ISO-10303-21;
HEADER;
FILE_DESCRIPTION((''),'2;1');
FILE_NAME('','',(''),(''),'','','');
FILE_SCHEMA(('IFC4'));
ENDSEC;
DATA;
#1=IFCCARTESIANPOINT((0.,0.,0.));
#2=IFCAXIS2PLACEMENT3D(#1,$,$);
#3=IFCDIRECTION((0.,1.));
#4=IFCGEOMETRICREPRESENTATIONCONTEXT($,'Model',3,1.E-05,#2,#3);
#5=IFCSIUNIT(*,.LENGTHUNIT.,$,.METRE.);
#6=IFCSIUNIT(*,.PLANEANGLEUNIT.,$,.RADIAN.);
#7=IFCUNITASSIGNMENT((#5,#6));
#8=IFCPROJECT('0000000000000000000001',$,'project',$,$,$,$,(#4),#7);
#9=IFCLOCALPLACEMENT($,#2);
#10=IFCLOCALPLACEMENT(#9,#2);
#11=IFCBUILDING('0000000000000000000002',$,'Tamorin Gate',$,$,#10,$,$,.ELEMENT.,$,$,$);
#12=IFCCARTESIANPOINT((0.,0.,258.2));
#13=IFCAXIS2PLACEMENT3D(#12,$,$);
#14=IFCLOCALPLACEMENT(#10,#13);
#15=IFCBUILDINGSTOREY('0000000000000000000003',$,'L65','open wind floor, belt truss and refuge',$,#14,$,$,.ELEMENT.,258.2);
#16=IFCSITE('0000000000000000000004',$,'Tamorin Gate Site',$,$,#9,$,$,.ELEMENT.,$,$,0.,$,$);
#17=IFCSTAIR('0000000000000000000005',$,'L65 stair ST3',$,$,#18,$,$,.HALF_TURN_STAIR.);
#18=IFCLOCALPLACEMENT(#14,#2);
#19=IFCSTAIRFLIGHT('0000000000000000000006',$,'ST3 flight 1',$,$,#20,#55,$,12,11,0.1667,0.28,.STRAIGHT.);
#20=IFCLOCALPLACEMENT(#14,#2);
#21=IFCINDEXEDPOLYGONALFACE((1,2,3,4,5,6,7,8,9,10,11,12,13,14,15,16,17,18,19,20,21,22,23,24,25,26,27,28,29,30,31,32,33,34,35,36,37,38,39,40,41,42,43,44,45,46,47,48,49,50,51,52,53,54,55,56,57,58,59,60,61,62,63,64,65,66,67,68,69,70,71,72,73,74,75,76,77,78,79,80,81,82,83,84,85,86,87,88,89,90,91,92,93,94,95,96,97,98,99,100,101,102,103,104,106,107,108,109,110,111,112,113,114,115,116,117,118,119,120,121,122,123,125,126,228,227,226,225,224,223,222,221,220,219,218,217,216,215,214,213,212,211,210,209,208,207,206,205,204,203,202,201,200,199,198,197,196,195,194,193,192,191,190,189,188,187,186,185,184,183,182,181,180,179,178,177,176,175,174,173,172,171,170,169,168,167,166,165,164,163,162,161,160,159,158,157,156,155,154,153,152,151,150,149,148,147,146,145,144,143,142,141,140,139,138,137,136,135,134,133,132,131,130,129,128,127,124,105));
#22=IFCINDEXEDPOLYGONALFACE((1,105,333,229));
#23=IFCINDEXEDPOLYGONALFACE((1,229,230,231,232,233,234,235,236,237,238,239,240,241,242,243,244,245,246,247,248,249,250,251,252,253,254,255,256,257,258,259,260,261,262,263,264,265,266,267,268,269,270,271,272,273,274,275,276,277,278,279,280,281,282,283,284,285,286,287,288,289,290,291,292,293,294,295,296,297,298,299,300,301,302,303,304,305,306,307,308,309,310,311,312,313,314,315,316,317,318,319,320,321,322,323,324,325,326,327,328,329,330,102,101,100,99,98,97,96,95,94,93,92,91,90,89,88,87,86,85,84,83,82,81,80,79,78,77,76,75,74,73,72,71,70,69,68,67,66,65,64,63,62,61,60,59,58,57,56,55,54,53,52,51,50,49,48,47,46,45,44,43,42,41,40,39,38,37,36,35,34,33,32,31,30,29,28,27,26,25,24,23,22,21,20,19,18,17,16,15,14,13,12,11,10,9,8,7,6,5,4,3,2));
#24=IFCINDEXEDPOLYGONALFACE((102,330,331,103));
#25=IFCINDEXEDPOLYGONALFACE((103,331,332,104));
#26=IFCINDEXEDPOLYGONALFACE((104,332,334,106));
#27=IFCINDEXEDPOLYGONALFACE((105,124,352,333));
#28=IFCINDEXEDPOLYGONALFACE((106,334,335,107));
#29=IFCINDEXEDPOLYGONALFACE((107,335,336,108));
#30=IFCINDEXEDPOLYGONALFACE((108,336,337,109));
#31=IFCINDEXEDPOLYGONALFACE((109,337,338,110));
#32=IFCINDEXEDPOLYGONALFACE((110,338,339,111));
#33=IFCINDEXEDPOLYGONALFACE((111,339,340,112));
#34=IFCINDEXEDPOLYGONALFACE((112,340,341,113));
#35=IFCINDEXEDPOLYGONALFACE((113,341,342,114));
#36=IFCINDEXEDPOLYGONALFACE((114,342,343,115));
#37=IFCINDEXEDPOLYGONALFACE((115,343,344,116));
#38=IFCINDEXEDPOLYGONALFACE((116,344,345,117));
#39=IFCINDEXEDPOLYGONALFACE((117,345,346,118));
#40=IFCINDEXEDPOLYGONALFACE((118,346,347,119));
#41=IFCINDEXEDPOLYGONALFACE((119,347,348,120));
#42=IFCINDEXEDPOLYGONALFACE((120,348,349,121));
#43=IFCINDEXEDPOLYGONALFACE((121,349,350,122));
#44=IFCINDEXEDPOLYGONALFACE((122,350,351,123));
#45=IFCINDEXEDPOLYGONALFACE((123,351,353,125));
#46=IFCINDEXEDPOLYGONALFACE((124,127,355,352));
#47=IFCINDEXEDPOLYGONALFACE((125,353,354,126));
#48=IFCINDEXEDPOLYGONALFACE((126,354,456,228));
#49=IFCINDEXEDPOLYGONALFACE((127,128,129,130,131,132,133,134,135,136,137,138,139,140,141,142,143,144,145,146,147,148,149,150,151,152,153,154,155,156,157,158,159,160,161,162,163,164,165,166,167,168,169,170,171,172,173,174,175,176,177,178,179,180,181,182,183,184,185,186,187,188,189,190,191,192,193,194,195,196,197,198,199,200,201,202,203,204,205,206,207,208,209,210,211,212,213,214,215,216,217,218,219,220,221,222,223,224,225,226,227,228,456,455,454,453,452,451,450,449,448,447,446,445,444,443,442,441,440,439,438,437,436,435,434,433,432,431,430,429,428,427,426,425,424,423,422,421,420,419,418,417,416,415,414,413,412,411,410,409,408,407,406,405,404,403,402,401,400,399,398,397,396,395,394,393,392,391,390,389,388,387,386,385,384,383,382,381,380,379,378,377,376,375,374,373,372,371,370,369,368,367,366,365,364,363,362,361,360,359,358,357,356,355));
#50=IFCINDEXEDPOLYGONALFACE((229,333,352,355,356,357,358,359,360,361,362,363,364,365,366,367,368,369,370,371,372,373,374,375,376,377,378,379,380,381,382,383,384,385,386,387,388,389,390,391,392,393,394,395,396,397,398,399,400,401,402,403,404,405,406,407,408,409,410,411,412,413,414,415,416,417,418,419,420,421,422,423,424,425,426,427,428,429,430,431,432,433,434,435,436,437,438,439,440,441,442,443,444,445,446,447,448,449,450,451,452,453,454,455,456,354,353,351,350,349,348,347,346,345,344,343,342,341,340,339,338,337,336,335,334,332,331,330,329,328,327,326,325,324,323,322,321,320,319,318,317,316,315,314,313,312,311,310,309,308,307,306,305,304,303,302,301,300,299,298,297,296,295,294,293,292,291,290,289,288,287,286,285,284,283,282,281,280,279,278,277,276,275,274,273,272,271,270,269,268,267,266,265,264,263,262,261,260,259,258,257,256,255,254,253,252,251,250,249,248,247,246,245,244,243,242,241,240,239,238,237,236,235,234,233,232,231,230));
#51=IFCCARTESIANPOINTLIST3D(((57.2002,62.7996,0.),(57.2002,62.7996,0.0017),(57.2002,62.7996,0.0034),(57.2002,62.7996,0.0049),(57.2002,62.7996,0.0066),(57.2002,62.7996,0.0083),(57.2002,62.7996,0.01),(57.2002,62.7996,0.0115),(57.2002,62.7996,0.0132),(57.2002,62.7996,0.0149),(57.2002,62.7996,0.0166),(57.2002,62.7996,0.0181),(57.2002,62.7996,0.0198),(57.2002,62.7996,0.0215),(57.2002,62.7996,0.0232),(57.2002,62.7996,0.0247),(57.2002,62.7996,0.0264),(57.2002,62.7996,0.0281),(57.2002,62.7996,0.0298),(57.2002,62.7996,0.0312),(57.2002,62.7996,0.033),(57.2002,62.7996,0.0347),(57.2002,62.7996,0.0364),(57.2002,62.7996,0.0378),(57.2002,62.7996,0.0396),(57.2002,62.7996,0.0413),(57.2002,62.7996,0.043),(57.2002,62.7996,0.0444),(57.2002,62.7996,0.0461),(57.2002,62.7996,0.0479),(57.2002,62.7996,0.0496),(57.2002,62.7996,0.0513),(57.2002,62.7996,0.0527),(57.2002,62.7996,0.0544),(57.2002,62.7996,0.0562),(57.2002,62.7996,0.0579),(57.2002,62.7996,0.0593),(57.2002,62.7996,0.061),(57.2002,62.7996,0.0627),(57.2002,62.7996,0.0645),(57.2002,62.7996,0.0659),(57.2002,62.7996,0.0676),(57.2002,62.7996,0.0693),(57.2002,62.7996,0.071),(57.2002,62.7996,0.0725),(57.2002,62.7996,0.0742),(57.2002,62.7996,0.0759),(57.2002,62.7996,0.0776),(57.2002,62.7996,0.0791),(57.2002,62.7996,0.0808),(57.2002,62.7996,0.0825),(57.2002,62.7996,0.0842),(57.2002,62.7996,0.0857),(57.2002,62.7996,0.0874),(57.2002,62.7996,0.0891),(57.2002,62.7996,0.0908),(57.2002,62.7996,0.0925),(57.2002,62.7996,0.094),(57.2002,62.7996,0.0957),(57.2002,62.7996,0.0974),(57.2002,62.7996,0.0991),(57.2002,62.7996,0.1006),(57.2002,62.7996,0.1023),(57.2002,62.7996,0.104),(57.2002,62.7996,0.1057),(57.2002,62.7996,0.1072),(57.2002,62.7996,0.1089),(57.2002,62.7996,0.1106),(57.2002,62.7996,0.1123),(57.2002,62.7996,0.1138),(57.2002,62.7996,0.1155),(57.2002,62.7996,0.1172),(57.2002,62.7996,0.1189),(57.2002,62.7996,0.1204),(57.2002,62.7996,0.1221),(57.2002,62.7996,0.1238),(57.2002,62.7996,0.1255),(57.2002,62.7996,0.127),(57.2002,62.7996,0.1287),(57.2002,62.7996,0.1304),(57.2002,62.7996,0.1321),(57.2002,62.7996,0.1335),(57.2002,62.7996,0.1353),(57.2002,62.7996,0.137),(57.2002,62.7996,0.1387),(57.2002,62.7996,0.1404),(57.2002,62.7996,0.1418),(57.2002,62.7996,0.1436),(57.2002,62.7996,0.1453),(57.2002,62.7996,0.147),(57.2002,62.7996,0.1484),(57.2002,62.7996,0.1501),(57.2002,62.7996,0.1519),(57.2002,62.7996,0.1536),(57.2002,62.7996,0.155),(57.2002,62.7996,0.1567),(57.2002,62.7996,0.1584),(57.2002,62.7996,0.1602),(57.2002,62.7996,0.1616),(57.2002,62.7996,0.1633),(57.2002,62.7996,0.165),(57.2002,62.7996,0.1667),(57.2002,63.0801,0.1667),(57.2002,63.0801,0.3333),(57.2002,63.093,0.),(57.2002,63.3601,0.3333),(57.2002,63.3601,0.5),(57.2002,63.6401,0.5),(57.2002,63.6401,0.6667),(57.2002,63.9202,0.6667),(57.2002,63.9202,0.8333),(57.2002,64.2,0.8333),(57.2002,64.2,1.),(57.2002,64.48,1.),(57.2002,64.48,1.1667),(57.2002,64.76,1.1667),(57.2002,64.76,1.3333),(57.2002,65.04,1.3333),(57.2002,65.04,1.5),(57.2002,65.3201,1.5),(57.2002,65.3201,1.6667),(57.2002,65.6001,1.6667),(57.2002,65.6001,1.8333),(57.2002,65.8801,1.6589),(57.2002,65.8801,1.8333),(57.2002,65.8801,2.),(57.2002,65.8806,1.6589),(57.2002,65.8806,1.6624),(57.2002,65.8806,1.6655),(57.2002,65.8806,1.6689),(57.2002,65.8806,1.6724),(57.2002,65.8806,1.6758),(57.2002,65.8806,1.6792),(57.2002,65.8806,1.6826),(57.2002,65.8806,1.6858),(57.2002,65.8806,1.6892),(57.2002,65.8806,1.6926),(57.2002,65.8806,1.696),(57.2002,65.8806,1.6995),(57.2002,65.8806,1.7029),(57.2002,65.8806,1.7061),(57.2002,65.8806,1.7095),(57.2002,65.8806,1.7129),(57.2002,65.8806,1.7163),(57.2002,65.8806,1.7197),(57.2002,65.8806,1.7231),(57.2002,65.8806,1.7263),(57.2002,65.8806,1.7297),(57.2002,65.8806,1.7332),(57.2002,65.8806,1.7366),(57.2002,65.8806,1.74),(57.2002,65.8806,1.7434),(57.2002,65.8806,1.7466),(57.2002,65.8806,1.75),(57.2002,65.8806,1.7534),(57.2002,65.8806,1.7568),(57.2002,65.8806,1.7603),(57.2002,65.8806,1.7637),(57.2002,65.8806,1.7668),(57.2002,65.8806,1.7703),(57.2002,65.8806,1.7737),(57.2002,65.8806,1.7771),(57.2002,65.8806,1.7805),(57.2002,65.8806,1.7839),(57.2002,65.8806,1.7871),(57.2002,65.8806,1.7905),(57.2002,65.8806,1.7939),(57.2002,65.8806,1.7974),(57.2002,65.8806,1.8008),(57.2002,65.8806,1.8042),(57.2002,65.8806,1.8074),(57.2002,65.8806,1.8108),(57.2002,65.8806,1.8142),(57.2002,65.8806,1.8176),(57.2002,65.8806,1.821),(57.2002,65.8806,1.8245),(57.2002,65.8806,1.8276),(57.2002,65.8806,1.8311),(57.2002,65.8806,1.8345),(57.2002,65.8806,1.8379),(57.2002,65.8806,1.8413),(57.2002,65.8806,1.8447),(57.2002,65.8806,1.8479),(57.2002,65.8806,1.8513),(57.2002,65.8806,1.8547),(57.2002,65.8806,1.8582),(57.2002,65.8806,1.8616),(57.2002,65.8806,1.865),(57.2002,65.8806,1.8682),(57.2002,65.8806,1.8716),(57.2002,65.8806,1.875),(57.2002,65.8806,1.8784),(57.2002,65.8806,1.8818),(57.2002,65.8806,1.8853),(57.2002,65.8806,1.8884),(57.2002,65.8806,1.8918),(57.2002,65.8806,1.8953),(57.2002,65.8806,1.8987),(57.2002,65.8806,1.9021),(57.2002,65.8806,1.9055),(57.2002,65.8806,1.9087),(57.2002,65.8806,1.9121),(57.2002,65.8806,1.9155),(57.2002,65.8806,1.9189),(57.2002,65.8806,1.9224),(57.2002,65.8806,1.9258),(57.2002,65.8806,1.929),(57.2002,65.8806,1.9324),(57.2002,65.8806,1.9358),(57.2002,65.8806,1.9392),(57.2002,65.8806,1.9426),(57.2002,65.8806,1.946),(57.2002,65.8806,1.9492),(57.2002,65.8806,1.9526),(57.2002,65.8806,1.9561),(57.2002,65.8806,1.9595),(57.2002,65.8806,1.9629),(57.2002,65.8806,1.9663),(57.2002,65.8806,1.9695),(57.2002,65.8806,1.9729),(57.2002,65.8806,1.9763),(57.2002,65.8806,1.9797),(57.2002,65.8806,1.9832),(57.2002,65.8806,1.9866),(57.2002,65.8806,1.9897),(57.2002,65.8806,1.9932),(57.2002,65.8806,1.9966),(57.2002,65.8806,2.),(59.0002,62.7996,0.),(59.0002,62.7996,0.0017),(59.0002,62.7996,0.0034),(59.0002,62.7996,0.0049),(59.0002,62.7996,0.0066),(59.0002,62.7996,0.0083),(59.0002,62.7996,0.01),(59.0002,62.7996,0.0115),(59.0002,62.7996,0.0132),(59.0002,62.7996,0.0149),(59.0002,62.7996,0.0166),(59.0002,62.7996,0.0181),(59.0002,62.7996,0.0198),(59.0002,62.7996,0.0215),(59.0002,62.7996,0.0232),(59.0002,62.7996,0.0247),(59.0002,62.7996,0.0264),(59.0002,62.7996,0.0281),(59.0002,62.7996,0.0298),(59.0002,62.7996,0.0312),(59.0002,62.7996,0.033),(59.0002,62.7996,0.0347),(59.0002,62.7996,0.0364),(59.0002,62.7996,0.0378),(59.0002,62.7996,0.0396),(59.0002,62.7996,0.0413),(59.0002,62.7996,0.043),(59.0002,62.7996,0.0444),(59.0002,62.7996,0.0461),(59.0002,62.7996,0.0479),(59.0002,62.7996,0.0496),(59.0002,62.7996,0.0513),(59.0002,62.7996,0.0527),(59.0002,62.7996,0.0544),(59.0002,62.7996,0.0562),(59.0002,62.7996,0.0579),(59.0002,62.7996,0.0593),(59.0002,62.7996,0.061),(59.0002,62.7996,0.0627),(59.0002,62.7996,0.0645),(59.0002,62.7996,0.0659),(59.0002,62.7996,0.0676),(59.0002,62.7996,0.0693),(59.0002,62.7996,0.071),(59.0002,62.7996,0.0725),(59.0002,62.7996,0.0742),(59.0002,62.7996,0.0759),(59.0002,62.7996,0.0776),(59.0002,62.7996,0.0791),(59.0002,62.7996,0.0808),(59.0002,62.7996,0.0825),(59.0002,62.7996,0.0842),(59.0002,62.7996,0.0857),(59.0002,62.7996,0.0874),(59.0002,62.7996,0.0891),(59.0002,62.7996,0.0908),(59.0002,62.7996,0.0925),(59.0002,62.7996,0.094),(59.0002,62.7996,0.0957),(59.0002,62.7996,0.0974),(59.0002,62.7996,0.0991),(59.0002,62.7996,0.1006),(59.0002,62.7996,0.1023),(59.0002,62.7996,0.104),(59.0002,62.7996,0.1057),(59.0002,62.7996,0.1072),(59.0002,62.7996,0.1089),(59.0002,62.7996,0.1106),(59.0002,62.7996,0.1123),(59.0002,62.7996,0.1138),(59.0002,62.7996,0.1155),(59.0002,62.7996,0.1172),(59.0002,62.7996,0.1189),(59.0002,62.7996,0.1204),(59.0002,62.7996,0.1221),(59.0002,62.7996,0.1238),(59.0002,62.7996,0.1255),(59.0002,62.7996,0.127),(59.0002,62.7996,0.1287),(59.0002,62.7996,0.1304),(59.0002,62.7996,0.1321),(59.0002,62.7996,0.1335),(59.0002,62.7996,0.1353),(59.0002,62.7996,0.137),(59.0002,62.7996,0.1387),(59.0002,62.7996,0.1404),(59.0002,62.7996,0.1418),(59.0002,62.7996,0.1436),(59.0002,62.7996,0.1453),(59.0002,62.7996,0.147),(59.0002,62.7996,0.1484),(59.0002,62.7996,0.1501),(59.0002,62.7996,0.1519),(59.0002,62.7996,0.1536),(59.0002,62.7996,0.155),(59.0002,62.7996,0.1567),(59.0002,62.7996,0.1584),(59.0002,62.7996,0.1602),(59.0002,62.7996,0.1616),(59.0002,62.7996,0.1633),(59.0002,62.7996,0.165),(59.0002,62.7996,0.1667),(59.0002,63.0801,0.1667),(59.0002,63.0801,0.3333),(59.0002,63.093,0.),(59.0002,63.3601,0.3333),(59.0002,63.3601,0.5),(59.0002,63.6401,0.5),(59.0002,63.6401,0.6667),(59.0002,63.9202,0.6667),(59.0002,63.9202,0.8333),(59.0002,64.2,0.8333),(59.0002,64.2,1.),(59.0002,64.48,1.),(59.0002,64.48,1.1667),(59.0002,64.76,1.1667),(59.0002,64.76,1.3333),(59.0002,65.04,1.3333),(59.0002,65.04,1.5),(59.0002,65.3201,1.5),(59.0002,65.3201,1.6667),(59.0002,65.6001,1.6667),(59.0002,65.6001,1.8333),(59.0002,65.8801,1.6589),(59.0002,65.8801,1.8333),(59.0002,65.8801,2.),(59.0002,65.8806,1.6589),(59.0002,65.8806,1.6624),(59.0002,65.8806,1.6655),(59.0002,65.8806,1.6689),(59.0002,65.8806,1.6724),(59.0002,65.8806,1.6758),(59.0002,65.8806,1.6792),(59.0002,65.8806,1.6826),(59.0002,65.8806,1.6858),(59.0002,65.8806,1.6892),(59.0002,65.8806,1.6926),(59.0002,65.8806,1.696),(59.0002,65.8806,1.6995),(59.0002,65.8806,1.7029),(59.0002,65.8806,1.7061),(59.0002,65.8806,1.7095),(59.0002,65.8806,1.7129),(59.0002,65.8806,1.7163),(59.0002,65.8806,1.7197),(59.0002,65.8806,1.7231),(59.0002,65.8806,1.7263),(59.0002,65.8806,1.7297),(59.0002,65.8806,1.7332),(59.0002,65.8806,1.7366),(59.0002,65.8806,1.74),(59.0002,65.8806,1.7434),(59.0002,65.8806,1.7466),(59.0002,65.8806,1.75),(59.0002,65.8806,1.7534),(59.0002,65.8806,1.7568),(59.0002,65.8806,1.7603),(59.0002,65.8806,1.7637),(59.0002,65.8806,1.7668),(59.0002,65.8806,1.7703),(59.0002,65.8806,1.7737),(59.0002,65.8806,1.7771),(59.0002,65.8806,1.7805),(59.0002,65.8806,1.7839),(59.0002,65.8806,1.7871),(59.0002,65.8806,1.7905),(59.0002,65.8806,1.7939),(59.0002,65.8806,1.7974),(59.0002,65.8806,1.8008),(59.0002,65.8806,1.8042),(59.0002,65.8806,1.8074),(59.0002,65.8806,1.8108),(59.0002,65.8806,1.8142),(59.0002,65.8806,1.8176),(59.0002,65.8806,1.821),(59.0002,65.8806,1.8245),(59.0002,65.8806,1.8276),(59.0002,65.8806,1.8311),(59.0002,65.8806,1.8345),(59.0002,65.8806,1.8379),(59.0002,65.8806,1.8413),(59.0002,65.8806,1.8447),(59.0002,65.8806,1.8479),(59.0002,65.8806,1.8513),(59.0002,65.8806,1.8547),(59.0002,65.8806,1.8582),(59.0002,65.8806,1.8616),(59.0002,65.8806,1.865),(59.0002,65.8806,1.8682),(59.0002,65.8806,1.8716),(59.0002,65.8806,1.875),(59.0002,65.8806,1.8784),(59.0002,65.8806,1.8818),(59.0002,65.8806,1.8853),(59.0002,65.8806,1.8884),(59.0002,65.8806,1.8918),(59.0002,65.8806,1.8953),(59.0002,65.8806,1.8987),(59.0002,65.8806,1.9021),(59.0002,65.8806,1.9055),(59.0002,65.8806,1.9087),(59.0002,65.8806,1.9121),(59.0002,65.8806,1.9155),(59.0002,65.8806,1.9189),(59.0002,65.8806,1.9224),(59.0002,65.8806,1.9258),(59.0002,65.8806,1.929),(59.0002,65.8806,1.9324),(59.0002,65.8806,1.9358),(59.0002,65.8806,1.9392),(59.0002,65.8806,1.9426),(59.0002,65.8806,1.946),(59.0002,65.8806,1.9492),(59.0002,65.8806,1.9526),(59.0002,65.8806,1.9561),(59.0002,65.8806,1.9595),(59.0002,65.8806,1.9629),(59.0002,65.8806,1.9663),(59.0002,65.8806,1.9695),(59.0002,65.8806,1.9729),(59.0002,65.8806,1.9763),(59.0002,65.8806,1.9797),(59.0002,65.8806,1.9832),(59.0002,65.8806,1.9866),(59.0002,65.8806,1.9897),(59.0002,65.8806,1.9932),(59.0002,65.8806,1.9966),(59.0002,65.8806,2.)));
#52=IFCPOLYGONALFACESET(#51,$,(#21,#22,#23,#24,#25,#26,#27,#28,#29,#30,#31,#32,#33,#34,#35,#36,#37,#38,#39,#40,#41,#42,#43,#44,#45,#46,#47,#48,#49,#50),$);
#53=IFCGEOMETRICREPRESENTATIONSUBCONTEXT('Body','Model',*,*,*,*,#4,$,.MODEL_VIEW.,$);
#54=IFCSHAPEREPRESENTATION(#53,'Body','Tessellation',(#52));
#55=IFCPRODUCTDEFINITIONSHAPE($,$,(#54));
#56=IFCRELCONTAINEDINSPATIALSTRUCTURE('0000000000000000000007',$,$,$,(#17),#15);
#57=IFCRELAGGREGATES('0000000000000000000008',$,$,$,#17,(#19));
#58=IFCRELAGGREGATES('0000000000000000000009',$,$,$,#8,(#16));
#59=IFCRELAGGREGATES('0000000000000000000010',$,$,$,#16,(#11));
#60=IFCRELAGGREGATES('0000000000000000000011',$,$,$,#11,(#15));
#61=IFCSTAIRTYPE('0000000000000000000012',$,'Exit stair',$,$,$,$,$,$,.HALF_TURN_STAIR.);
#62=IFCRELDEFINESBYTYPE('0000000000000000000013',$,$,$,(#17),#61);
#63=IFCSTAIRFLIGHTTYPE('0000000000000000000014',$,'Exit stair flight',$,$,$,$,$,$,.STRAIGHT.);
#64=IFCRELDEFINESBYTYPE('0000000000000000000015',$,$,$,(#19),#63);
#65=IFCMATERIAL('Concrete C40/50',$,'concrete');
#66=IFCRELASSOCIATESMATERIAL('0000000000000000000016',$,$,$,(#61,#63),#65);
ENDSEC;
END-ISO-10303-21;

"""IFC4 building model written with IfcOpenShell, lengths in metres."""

from ifc_helpers import new_model, si_unit, direction, frame, origin, place, context, subcontext, project, spatial, polyline, outline, extrude, material, type_object, element, aggregate, save


model = new_model("IFC4")

# Units and contexts
model_context = context("Model", 3, precision=1e-05, world=origin(), true_north=direction((0.0, 1.0)))
body_context = subcontext(model_context, "Body", "Model", "MODEL_VIEW")
ifc_project = project(units=[si_unit("LENGTHUNIT", "METRE"), si_unit("PLANEANGLEUNIT", "RADIAN")], contexts=[model_context])

# Site, building, storey
site_placement = place(None, origin())
site = spatial("IfcSite", under=ifc_project, at=site_placement, Name="Tamorin Gate Site", CompositionType="ELEMENT", RefElevation=0.0)
building_placement = place(site_placement, origin())
building = spatial("IfcBuilding", under=site, at=building_placement, Name="Tamorin Gate", CompositionType="ELEMENT")
storey_placement = place(building_placement, frame((0.0, 0.0, 258.2)))
storey = spatial("IfcBuildingStorey", under=building, at=storey_placement, Name="L65", Description="open wind floor, belt truss and refuge", CompositionType="ELEMENT", Elevation=258.2)

# Shared definitions
ifc_material_1 = material(Name="Concrete C40/50", Category="concrete")

# Stair, stair flight
stair_type = type_object("IfcStairType", Name="Exit stair", PredefinedType="HALF_TURN_STAIR", material=ifc_material_1)
stair_placement = place(storey_placement, origin())
stair = element("IfcStair", 1, at=stair_placement, inside=storey, type_object=stair_type, Name="L65 stair ST3", PredefinedType="HALF_TURN_STAIR")
stair_flight_type = type_object("IfcStairFlightType", Name="Exit stair flight", PredefinedType="STRAIGHT", material=ifc_material_1)
stair_flight_1_placement = place(storey_placement, frame((58.1001, 62.8, 0.0), z_axis=(0.0, 0.0, 1.0), x_axis=(0.0, 1.0, 0.0)))
stair_flight_1 = element("IfcStairFlight", 2, at=stair_flight_1_placement, type_object=stair_flight_type, Name="ST3 flight 1", NumberOfRisers=12, NumberOfTreads=11, PredefinedType="STRAIGHT", RiserHeight=0.1667, TreadLength=0.28, context=body_context, shape_type="SweptSolid", body=[
    extrude(outline(polyline([(-0.0005, 0.0), (-0.0005, 0.0017), (-0.0005, 0.0034), (-0.0005, 0.0049), (-0.0005, 0.0066), (-0.0005, 0.0083), (-0.0005, 0.01), (-0.0005, 0.0115), (-0.0005, 0.0132), (-0.0005, 0.0149), (-0.0005, 0.0166), (-0.0005, 0.0181), (-0.0005, 0.0198), (-0.0005, 0.0215), (-0.0005, 0.0232), (-0.0005, 0.0247), (-0.0005, 0.0264), (-0.0005, 0.0281), (-0.0005, 0.0298), (-0.0005, 0.0312), (-0.0005, 0.033), (-0.0005, 0.0347), (-0.0005, 0.0364), (-0.0005, 0.0378), (-0.0005, 0.0396), (-0.0005, 0.0413), (-0.0005, 0.043), (-0.0005, 0.0444), (-0.0005, 0.0461), (-0.0005, 0.0479), (-0.0005, 0.0496), (-0.0005, 0.0513), (-0.0005, 0.0527), (-0.0005, 0.0544), (-0.0005, 0.0562), (-0.0005, 0.0579), (-0.0005, 0.0593), (-0.0005, 0.061), (-0.0005, 0.0627), (-0.0005, 0.0645), (-0.0005, 0.0659), (-0.0005, 0.0676), (-0.0005, 0.0693), (-0.0005, 0.071), (-0.0005, 0.0725), (-0.0005, 0.0742), (-0.0005, 0.0759), (-0.0005, 0.0776), (-0.0005, 0.0791), (-0.0005, 0.0808), (-0.0005, 0.0825), (-0.0005, 0.0842), (-0.0005, 0.0857), (-0.0005, 0.0874), (-0.0005, 0.0891), (-0.0005, 0.0908), (-0.0005, 0.0925), (-0.0005, 0.094), (-0.0005, 0.0957), (-0.0005, 0.0974), (-0.0005, 0.0991), (-0.0005, 0.1006), (-0.0005, 0.1023), (-0.0005, 0.104), (-0.0005, 0.1057), (-0.0005, 0.1072), (-0.0005, 0.1089), (-0.0005, 0.1106), (-0.0005, 0.1123), (-0.0005, 0.1138), (-0.0005, 0.1155), (-0.0005, 0.1172), (-0.0005, 0.1189), (-0.0005, 0.1204), (-0.0005, 0.1221), (-0.0005, 0.1238), (-0.0005, 0.1255), (-0.0005, 0.127), (-0.0005, 0.1287), (-0.0005, 0.1304), (-0.0005, 0.1321), (-0.0005, 0.1335), (-0.0005, 0.1353), (-0.0005, 0.137), (-0.0005, 0.1387), (-0.0005, 0.1404), (-0.0005, 0.1418), (-0.0005, 0.1436), (-0.0005, 0.1453), (-0.0005, 0.147), (-0.0005, 0.1484), (-0.0005, 0.1501), (-0.0005, 0.1519), (-0.0005, 0.1536), (-0.0005, 0.155), (-0.0005, 0.1567), (-0.0005, 0.1584), (-0.0005, 0.1602), (-0.0005, 0.1616), (-0.0005, 0.1633), (-0.0005, 0.165), (-0.0005, 0.1667), (0.28, 0.1667), (0.28, 0.3333), (0.5601, 0.3333), (0.5601, 0.5), (0.8401, 0.5), (0.8401, 0.6667), (1.1201, 0.6667), (1.1201, 0.8333), (1.3999, 0.8333), (1.3999, 1.0), (1.6799, 1.0), (1.6799, 1.1667), (1.96, 1.1667), (1.96, 1.3333), (2.24, 1.3333), (2.24, 1.5), (2.52, 1.5), (2.52, 1.6667), (2.8, 1.6667), (2.8, 1.8333), (3.0801, 1.8333), (3.0801, 2.0), (3.0806, 2.0), (3.0806, 1.9966), (3.0806, 1.9932), (3.0806, 1.9897), (3.0806, 1.9866), (3.0806, 1.9832), (3.0806, 1.9797), (3.0806, 1.9763), (3.0806, 1.9729), (3.0806, 1.9695), (3.0806, 1.9663), (3.0806, 1.9629), (3.0806, 1.9595), (3.0806, 1.9561), (3.0806, 1.9526), (3.0806, 1.9492), (3.0806, 1.946), (3.0806, 1.9426), (3.0806, 1.9392), (3.0806, 1.9358), (3.0806, 1.9324), (3.0806, 1.929), (3.0806, 1.9258), (3.0806, 1.9224), (3.0806, 1.9189), (3.0806, 1.9155), (3.0806, 1.9121), (3.0806, 1.9087), (3.0806, 1.9055), (3.0806, 1.9021), (3.0806, 1.8987), (3.0806, 1.8953), (3.0806, 1.8918), (3.0806, 1.8884), (3.0806, 1.8853), (3.0806, 1.8818), (3.0806, 1.8784), (3.0806, 1.875), (3.0806, 1.8716), (3.0806, 1.8682), (3.0806, 1.865), (3.0806, 1.8616), (3.0806, 1.8582), (3.0806, 1.8547), (3.0806, 1.8513), (3.0806, 1.8479), (3.0806, 1.8447), (3.0806, 1.8413), (3.0806, 1.8379), (3.0806, 1.8345), (3.0806, 1.8311), (3.0806, 1.8276), (3.0806, 1.8245), (3.0806, 1.821), (3.0806, 1.8176), (3.0806, 1.8142), (3.0806, 1.8108), (3.0806, 1.8074), (3.0806, 1.8042), (3.0806, 1.8008), (3.0806, 1.7974), (3.0806, 1.7939), (3.0806, 1.7905), (3.0806, 1.7871), (3.0806, 1.7839), (3.0806, 1.7805), (3.0806, 1.7771), (3.0806, 1.7737), (3.0806, 1.7703), (3.0806, 1.7668), (3.0806, 1.7637), (3.0806, 1.7603), (3.0806, 1.7568), (3.0806, 1.7534), (3.0806, 1.75), (3.0806, 1.7466), (3.0806, 1.7434), (3.0806, 1.74), (3.0806, 1.7366), (3.0806, 1.7332), (3.0806, 1.7297), (3.0806, 1.7263), (3.0806, 1.7231), (3.0806, 1.7197), (3.0806, 1.7163), (3.0806, 1.7129), (3.0806, 1.7095), (3.0806, 1.7061), (3.0806, 1.7029), (3.0806, 1.6995), (3.0806, 1.696), (3.0806, 1.6926), (3.0806, 1.6892), (3.0806, 1.6858), (3.0806, 1.6826), (3.0806, 1.6792), (3.0806, 1.6758), (3.0806, 1.6724), (3.0806, 1.6689), (3.0806, 1.6655), (3.0806, 1.6624), (3.0806, 1.6589), (3.0801, 1.6589), (0.293, 0.0), (-0.0005, 0.0)])), frame((0.0, 0.8999, 0.0), z_axis=(0.0, -1.0, 0.0), x_axis=(1.0, 0.0, 0.0)), (0.0, 0.0, 1.0), 1.8),
])
aggregate(stair, [stair_flight_1])

save(model, "model.ifc")
